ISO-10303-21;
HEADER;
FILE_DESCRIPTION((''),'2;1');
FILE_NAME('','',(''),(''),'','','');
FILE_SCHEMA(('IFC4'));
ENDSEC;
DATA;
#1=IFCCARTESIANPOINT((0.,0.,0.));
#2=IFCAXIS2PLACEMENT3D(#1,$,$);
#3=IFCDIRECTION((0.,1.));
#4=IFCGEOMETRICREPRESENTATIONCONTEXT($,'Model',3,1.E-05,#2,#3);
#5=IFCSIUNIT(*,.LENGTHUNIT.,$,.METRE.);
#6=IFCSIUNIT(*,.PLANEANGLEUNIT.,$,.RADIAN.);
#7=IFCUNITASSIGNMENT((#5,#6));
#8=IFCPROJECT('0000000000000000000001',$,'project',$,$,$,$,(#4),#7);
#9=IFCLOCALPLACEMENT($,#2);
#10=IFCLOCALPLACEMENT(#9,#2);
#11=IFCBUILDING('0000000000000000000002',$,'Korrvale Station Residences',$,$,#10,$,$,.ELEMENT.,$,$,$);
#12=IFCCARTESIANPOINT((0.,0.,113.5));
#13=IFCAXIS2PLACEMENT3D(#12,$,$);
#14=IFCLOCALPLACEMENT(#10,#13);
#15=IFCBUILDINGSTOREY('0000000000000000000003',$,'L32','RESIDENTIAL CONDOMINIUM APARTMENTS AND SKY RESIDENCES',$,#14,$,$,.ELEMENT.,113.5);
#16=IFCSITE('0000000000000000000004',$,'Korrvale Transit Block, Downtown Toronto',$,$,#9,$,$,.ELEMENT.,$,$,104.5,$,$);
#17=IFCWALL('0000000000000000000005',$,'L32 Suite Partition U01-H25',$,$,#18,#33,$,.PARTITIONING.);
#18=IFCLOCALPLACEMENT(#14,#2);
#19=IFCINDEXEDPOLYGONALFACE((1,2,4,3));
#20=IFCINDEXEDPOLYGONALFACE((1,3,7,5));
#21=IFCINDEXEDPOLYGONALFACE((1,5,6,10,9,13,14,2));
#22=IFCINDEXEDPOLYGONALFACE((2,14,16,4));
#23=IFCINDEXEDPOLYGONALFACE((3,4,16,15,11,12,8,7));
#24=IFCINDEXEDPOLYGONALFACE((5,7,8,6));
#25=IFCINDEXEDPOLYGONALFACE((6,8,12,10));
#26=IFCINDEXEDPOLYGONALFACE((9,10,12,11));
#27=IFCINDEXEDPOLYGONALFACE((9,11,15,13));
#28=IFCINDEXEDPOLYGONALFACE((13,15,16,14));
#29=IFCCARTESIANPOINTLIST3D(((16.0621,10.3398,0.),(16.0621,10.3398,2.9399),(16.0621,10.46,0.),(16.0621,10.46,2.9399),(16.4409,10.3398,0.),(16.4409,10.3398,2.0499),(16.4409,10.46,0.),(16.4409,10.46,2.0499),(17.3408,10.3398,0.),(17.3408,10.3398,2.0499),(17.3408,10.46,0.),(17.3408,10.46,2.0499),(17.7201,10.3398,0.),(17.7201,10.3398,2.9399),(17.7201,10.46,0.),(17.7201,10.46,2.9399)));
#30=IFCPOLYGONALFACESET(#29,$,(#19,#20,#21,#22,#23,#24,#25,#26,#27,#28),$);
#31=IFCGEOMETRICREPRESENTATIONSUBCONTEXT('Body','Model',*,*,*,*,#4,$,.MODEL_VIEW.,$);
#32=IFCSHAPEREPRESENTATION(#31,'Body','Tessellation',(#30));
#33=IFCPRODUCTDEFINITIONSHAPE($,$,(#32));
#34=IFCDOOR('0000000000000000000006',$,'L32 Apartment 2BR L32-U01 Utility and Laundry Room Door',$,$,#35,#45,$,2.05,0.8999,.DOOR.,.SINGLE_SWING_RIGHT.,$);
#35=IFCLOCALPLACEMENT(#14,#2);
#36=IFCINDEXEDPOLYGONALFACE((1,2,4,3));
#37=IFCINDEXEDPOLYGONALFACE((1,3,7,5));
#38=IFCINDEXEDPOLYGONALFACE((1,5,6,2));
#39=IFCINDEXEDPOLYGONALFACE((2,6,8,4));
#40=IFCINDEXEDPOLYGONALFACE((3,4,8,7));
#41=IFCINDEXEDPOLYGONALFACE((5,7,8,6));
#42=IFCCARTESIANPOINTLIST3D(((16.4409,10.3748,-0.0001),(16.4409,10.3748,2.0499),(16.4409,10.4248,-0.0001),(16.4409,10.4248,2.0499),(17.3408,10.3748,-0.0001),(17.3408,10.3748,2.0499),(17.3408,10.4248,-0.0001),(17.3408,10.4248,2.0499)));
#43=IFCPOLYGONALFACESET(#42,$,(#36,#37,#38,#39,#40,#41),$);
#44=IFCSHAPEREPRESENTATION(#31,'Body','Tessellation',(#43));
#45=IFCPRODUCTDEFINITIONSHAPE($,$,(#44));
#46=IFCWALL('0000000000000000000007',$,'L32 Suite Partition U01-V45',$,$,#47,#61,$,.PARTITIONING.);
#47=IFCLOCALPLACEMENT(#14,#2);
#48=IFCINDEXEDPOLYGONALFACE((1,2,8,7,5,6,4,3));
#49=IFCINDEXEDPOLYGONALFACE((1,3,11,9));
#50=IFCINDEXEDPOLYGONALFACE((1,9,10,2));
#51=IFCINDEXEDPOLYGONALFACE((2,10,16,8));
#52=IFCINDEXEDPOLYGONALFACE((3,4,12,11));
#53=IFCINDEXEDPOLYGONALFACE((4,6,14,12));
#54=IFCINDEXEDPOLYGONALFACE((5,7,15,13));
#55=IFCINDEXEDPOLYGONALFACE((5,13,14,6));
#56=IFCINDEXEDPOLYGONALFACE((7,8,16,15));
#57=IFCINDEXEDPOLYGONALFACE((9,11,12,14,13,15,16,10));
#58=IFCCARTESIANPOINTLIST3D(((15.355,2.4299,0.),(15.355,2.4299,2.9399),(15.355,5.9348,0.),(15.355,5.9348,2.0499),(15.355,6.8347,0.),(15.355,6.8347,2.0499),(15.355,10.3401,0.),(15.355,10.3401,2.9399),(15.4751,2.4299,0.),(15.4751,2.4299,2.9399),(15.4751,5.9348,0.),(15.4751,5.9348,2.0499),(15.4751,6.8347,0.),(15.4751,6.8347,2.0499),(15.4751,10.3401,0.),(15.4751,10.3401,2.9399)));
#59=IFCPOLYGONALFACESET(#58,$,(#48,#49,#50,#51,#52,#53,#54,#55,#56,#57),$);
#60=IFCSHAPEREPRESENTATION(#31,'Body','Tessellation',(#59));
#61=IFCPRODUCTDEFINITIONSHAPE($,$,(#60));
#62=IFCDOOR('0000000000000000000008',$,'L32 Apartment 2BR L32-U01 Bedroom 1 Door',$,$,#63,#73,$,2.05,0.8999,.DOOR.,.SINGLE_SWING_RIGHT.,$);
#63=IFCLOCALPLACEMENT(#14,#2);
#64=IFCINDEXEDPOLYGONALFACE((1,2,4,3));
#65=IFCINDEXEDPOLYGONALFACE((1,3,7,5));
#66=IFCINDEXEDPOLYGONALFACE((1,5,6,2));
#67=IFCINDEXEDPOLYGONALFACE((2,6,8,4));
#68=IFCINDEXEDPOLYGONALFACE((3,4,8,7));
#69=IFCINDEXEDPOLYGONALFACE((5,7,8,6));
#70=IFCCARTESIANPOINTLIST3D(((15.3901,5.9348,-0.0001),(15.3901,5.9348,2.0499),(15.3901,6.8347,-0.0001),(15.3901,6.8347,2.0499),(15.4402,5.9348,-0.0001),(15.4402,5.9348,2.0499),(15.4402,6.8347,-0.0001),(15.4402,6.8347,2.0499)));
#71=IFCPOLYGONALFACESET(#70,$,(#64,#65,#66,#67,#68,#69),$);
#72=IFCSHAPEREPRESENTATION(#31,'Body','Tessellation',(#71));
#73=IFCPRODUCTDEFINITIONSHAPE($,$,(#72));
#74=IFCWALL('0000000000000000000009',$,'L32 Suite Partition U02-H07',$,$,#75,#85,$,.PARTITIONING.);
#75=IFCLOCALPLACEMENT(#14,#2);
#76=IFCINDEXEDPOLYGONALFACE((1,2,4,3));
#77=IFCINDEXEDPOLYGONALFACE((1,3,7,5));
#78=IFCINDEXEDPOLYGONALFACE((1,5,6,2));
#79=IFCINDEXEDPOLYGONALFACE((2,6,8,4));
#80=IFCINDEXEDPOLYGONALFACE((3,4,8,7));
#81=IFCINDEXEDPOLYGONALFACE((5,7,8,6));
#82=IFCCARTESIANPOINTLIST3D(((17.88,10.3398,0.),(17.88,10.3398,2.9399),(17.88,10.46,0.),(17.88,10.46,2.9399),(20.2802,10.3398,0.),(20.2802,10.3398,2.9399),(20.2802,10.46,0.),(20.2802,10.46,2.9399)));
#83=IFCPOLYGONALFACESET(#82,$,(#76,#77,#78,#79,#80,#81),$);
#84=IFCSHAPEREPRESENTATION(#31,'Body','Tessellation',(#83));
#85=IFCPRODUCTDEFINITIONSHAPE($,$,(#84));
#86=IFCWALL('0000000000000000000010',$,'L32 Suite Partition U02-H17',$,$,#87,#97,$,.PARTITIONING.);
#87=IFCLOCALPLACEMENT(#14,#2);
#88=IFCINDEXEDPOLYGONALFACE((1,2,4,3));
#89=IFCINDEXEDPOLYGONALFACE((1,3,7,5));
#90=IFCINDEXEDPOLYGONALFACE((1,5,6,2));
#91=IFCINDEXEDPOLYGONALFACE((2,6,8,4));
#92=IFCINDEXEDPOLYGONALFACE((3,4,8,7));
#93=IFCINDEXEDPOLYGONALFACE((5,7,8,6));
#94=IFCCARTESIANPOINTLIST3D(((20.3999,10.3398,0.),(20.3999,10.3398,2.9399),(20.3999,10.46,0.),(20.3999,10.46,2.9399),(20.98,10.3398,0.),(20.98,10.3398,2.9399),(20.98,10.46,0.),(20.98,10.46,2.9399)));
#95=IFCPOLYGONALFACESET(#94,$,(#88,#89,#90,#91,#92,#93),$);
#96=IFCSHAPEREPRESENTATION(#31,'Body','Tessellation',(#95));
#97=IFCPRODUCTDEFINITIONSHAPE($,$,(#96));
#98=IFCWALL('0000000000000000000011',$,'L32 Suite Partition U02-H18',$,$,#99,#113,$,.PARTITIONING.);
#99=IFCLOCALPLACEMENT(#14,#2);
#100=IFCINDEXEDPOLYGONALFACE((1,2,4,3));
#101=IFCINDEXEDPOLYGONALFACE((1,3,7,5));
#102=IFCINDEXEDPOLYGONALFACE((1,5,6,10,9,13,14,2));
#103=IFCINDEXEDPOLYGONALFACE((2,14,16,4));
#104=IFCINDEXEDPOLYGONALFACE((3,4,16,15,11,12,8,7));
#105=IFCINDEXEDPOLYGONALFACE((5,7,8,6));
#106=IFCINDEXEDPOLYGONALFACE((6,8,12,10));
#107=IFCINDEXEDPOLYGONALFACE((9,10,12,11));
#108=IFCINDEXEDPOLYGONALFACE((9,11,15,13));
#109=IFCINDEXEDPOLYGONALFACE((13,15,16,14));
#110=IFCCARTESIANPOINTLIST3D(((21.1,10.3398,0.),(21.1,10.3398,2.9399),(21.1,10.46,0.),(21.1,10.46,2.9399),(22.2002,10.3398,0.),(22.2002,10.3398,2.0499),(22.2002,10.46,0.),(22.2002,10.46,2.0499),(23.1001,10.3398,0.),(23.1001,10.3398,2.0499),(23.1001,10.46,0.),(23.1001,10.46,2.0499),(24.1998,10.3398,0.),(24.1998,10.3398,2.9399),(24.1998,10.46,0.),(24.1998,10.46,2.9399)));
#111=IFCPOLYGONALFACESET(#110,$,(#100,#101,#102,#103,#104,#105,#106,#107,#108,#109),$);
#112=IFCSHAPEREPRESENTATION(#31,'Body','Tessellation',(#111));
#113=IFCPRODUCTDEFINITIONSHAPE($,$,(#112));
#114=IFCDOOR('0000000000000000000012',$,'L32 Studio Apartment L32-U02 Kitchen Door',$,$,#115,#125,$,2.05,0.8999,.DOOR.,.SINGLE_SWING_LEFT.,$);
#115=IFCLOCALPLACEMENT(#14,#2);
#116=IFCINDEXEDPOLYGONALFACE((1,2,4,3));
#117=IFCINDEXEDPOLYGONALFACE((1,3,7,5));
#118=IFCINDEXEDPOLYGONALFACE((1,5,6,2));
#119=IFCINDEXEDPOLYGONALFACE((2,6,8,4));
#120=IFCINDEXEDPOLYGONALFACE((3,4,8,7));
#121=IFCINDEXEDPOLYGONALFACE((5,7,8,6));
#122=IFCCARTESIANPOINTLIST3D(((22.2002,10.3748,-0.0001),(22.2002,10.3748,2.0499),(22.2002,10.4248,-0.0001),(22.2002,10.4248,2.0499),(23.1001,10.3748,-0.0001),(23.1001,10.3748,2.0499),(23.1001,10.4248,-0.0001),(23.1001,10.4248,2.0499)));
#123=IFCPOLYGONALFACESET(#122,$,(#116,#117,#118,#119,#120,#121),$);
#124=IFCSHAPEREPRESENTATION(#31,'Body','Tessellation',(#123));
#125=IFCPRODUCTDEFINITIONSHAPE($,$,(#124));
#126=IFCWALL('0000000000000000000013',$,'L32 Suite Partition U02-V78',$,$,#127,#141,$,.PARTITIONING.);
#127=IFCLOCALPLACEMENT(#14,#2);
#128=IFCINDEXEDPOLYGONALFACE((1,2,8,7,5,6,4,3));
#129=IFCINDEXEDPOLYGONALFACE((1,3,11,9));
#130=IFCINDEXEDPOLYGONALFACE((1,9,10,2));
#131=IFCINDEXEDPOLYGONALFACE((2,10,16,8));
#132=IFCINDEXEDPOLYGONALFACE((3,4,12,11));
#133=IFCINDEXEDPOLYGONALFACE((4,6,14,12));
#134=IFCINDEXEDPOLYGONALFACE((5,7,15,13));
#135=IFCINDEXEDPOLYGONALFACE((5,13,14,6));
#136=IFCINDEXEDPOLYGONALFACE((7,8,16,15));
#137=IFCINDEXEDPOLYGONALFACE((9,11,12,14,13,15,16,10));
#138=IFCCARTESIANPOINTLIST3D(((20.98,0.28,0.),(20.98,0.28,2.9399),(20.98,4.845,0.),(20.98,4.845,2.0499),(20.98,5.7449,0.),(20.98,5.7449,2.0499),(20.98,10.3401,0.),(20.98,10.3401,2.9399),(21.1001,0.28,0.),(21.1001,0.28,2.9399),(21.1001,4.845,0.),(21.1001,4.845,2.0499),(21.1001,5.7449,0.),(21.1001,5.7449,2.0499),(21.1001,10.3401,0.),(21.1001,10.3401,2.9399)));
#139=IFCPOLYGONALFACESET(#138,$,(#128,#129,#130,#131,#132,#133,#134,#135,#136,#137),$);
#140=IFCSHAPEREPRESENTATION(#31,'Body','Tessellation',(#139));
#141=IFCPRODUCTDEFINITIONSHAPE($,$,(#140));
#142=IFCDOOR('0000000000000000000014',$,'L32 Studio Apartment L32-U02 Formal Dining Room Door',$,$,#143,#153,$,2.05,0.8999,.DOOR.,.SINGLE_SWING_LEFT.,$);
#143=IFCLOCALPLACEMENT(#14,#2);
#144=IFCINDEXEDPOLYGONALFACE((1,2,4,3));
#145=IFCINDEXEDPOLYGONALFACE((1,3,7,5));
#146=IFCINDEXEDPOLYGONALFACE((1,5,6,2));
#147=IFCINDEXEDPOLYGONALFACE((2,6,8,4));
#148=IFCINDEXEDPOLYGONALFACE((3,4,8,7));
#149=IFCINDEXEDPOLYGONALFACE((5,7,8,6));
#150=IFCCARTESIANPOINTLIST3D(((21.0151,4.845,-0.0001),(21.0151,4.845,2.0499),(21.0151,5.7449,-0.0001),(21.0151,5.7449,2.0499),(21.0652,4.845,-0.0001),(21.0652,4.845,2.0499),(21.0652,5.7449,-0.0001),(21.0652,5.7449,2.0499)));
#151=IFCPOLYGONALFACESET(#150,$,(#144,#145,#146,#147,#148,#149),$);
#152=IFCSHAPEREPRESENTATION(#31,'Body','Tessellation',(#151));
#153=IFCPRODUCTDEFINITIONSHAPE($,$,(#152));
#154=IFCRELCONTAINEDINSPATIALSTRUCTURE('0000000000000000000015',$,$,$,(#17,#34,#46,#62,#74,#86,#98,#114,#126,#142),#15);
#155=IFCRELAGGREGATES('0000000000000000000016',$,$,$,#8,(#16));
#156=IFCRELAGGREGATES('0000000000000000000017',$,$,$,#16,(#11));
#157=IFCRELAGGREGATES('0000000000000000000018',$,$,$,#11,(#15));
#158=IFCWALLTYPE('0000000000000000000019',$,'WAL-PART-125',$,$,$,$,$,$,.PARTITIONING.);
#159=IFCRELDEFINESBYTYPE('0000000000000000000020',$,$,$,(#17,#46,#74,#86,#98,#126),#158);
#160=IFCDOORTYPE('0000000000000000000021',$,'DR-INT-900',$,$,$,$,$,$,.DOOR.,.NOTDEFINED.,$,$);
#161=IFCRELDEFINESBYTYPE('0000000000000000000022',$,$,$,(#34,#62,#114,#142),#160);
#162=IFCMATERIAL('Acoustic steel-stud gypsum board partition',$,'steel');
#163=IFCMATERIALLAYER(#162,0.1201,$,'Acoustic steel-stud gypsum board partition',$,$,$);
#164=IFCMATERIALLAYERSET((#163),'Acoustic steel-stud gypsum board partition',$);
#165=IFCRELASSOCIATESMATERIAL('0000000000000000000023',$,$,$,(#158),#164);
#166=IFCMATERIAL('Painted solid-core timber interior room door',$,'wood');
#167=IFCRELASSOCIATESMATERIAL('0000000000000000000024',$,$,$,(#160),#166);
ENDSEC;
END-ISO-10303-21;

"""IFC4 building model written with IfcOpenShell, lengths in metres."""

from ifc_helpers import new_model, si_unit, direction, frame, frame_2d, origin, place, context, subcontext, project, spatial, rectangle, extrude, material, layer, layer_set, type_object, element, fill, save


model = new_model("IFC4")

# Units and contexts
model_context = context("Model", 3, precision=1e-05, world=origin(), true_north=direction((0.0, 1.0)))
body_context = subcontext(model_context, "Body", "Model", "MODEL_VIEW")
ifc_project = project(units=[si_unit("LENGTHUNIT", "METRE"), si_unit("PLANEANGLEUNIT", "RADIAN")], contexts=[model_context])

# Site, building, storey
site_placement = place(None, origin())
site = spatial("IfcSite", under=ifc_project, at=site_placement, Name="Korrvale Transit Block, Downtown Toronto", CompositionType="ELEMENT", RefElevation=104.5)
building_placement = place(site_placement, origin())
building = spatial("IfcBuilding", under=site, at=building_placement, Name="Korrvale Station Residences", CompositionType="ELEMENT")
storey_placement = place(building_placement, frame((0.0, 0.0, 113.5)))
storey = spatial("IfcBuildingStorey", under=building, at=storey_placement, Name="L32", Description="RESIDENTIAL CONDOMINIUM APARTMENTS AND SKY RESIDENCES", CompositionType="ELEMENT", Elevation=113.5)

# Shared definitions
ifc_material_1 = material(Name="Acoustic steel-stud gypsum board partition", Category="steel")
ifc_layer_1 = layer(ifc_material_1, 0.1201, Name="Acoustic steel-stud gypsum board partition")
ifc_layer_set_1 = layer_set([ifc_layer_1], Name="Acoustic steel-stud gypsum board partition")
wall_type_1 = type_object("IfcWallType", Name="WAL-PART-125", PredefinedType="PARTITIONING", material=ifc_layer_set_1)

# Walls, openings, doors
wall_1_placement = place(storey_placement, frame((16.062, 10.3999, 0.0), z_axis=(0.0, 0.0, 1.0), x_axis=(1.0, 0.0, 0.0)))
wall_1 = element("IfcWall", 1, at=wall_1_placement, inside=storey, type_object=wall_type_1, Name="L32 Suite Partition U01-H25", PredefinedType="PARTITIONING", context=body_context, shape_type="SweptSolid", body=[
    extrude(rectangle(XDim=1.658, YDim=0.1201, at=frame_2d((0.8291, 0.0))), origin(), (0.0, 0.0, 1.0), 2.9399),
])
opening_1_placement = place(wall_1_placement, frame((0.3789, 0.0, 0.0)))
opening_1 = element("IfcOpeningElement", 2, at=opening_1_placement, cuts=wall_1, PredefinedType="OPENING", context=body_context, shape_type="SweptSolid", body=[
    extrude(rectangle(XDim=0.8999, YDim=2.05, at=frame_2d((0.45, 1.0249))), frame((0.0, 0.0701, 0.0), z_axis=(0.0, -1.0, 0.0), x_axis=(1.0, 0.0, 0.0)), (0.0, 0.0, 1.0), 0.1401),
])
ifc_material_2 = material(Name="Painted solid-core timber interior room door", Category="wood")
door_type_1 = type_object("IfcDoorType", Name="DR-INT-900", OperationType="NOTDEFINED", PredefinedType="DOOR", material=ifc_material_2)
door_1_placement = place(opening_1_placement, origin())
door_1 = element("IfcDoor", 3, at=door_1_placement, inside=storey, type_object=door_type_1, Name="L32 Apartment 2BR L32-U01 Utility and Laundry Room Door", OperationType="SINGLE_SWING_RIGHT", OverallHeight=2.05, OverallWidth=0.8999, PredefinedType="DOOR", context=body_context, shape_type="SweptSolid", body=[
    extrude(rectangle(XDim=0.8999, YDim=2.05, at=frame_2d((0.45, 1.0249))), frame((0.0, 0.0249, 0.0), z_axis=(0.0, -1.0, 0.0), x_axis=(1.0, 0.0, 0.0)), (0.0, 0.0, 1.0), 0.05),
])
fill(opening_1, door_1)
wall_2_placement = place(storey_placement, frame((15.415, 2.4299, 0.0), z_axis=(0.0, 0.0, 1.0), x_axis=(0.0, 1.0, 0.0)))
wall_2 = element("IfcWall", 4, at=wall_2_placement, inside=storey, type_object=wall_type_1, Name="L32 Suite Partition U01-V45", PredefinedType="PARTITIONING", context=body_context, shape_type="SweptSolid", body=[
    extrude(rectangle(XDim=7.9102, YDim=0.1201, at=frame_2d((3.9551, 0.0))), origin(), (0.0, 0.0, 1.0), 2.9399),
])
opening_2_placement = place(wall_2_placement, frame((3.5049, 0.0, 0.0)))
opening_2 = element("IfcOpeningElement", 5, at=opening_2_placement, cuts=wall_2, PredefinedType="OPENING", context=body_context, shape_type="SweptSolid", body=[
    extrude(rectangle(XDim=0.8999, YDim=2.05, at=frame_2d((0.45, 1.0249))), frame((0.0, 0.0701, 0.0), z_axis=(0.0, -1.0, 0.0), x_axis=(1.0, 0.0, 0.0)), (0.0, 0.0, 1.0), 0.1401),
])
door_2_placement = place(opening_2_placement, origin())
door_2 = element("IfcDoor", 6, at=door_2_placement, inside=storey, type_object=door_type_1, Name="L32 Apartment 2BR L32-U01 Bedroom 1 Door", OperationType="SINGLE_SWING_RIGHT", OverallHeight=2.05, OverallWidth=0.8999, PredefinedType="DOOR", context=body_context, shape_type="SweptSolid", body=[
    extrude(rectangle(XDim=0.8999, YDim=2.05, at=frame_2d((0.45, 1.0249))), frame((0.0, 0.0249, 0.0), z_axis=(0.0, -1.0, 0.0), x_axis=(1.0, 0.0, 0.0)), (0.0, 0.0, 1.0), 0.05),
])
fill(opening_2, door_2)

# Walls
wall_3_placement = place(storey_placement, frame((17.8799, 10.3999, 0.0), z_axis=(0.0, 0.0, 1.0), x_axis=(1.0, 0.0, 0.0)))
element("IfcWall", 7, at=wall_3_placement, inside=storey, type_object=wall_type_1, Name="L32 Suite Partition U02-H07", PredefinedType="PARTITIONING", context=body_context, shape_type="SweptSolid", body=[
    extrude(rectangle(XDim=2.4001, YDim=0.1201, at=frame_2d((1.2002, 0.0))), origin(), (0.0, 0.0, 1.0), 2.9399),
])
wall_4_placement = place(storey_placement, frame((20.3999, 10.3999, 0.0), z_axis=(0.0, 0.0, 1.0), x_axis=(1.0, 0.0, 0.0)))
element("IfcWall", 8, at=wall_4_placement, inside=storey, type_object=wall_type_1, Name="L32 Suite Partition U02-H17", PredefinedType="PARTITIONING", context=body_context, shape_type="SweptSolid", body=[
    extrude(rectangle(XDim=0.5801, YDim=0.1201, at=frame_2d((0.29, 0.0))), origin(), (0.0, 0.0, 1.0), 2.9399),
])

# Walls, openings, doors
wall_5_placement = place(storey_placement, frame((21.1001, 10.3999, 0.0), z_axis=(0.0, 0.0, 1.0), x_axis=(1.0, 0.0, 0.0)))
wall_5 = element("IfcWall", 9, at=wall_5_placement, inside=storey, type_object=wall_type_1, Name="L32 Suite Partition U02-H18", PredefinedType="PARTITIONING", context=body_context, shape_type="SweptSolid", body=[
    extrude(rectangle(XDim=3.0999, YDim=0.1201, at=frame_2d((1.5498, 0.0))), origin(), (0.0, 0.0, 1.0), 2.9399),
])
opening_3_placement = place(wall_5_placement, frame((1.1001, 0.0, 0.0)))
opening_3 = element("IfcOpeningElement", 10, at=opening_3_placement, cuts=wall_5, PredefinedType="OPENING", context=body_context, shape_type="SweptSolid", body=[
    extrude(rectangle(XDim=0.8999, YDim=2.05, at=frame_2d((0.45, 1.0249))), frame((0.0, 0.0701, 0.0), z_axis=(0.0, -1.0, 0.0), x_axis=(1.0, 0.0, 0.0)), (0.0, 0.0, 1.0), 0.1401),
])
door_3_placement = place(opening_3_placement, origin())
door_3 = element("IfcDoor", 11, at=door_3_placement, inside=storey, type_object=door_type_1, Name="L32 Studio Apartment L32-U02 Kitchen Door", OperationType="SINGLE_SWING_LEFT", OverallHeight=2.05, OverallWidth=0.8999, PredefinedType="DOOR", context=body_context, shape_type="SweptSolid", body=[
    extrude(rectangle(XDim=0.8999, YDim=2.05, at=frame_2d((0.45, 1.0249))), frame((0.0, 0.0249, 0.0), z_axis=(0.0, -1.0, 0.0), x_axis=(1.0, 0.0, 0.0)), (0.0, 0.0, 1.0), 0.05),
])
fill(opening_3, door_3)
wall_6_placement = place(storey_placement, frame((21.04, 0.28, 0.0), z_axis=(0.0, 0.0, 1.0), x_axis=(0.0, 1.0, 0.0)))
wall_6 = element("IfcWall", 12, at=wall_6_placement, inside=storey, type_object=wall_type_1, Name="L32 Suite Partition U02-V78", PredefinedType="PARTITIONING", context=body_context, shape_type="SweptSolid", body=[
    extrude(rectangle(XDim=10.0601, YDim=0.1201, at=frame_2d((5.03, 0.0))), origin(), (0.0, 0.0, 1.0), 2.9399),
])
opening_4_placement = place(wall_6_placement, frame((4.5649, 0.0, 0.0)))
opening_4 = element("IfcOpeningElement", 13, at=opening_4_placement, cuts=wall_6, PredefinedType="OPENING", context=body_context, shape_type="SweptSolid", body=[
    extrude(rectangle(XDim=0.8999, YDim=2.05, at=frame_2d((0.45, 1.0249))), frame((0.0, 0.0701, 0.0), z_axis=(0.0, -1.0, 0.0), x_axis=(1.0, 0.0, 0.0)), (0.0, 0.0, 1.0), 0.1401),
])
door_4_placement = place(opening_4_placement, origin())
door_4 = element("IfcDoor", 14, at=door_4_placement, inside=storey, type_object=door_type_1, Name="L32 Studio Apartment L32-U02 Formal Dining Room Door", OperationType="SINGLE_SWING_LEFT", OverallHeight=2.05, OverallWidth=0.8999, PredefinedType="DOOR", context=body_context, shape_type="SweptSolid", body=[
    extrude(rectangle(XDim=0.8999, YDim=2.05, at=frame_2d((0.45, 1.0249))), frame((0.0, 0.0249, 0.0), z_axis=(0.0, -1.0, 0.0), x_axis=(1.0, 0.0, 0.0)), (0.0, 0.0, 1.0), 0.05),
])
fill(opening_4, door_4)

save(model, "model.ifc")
